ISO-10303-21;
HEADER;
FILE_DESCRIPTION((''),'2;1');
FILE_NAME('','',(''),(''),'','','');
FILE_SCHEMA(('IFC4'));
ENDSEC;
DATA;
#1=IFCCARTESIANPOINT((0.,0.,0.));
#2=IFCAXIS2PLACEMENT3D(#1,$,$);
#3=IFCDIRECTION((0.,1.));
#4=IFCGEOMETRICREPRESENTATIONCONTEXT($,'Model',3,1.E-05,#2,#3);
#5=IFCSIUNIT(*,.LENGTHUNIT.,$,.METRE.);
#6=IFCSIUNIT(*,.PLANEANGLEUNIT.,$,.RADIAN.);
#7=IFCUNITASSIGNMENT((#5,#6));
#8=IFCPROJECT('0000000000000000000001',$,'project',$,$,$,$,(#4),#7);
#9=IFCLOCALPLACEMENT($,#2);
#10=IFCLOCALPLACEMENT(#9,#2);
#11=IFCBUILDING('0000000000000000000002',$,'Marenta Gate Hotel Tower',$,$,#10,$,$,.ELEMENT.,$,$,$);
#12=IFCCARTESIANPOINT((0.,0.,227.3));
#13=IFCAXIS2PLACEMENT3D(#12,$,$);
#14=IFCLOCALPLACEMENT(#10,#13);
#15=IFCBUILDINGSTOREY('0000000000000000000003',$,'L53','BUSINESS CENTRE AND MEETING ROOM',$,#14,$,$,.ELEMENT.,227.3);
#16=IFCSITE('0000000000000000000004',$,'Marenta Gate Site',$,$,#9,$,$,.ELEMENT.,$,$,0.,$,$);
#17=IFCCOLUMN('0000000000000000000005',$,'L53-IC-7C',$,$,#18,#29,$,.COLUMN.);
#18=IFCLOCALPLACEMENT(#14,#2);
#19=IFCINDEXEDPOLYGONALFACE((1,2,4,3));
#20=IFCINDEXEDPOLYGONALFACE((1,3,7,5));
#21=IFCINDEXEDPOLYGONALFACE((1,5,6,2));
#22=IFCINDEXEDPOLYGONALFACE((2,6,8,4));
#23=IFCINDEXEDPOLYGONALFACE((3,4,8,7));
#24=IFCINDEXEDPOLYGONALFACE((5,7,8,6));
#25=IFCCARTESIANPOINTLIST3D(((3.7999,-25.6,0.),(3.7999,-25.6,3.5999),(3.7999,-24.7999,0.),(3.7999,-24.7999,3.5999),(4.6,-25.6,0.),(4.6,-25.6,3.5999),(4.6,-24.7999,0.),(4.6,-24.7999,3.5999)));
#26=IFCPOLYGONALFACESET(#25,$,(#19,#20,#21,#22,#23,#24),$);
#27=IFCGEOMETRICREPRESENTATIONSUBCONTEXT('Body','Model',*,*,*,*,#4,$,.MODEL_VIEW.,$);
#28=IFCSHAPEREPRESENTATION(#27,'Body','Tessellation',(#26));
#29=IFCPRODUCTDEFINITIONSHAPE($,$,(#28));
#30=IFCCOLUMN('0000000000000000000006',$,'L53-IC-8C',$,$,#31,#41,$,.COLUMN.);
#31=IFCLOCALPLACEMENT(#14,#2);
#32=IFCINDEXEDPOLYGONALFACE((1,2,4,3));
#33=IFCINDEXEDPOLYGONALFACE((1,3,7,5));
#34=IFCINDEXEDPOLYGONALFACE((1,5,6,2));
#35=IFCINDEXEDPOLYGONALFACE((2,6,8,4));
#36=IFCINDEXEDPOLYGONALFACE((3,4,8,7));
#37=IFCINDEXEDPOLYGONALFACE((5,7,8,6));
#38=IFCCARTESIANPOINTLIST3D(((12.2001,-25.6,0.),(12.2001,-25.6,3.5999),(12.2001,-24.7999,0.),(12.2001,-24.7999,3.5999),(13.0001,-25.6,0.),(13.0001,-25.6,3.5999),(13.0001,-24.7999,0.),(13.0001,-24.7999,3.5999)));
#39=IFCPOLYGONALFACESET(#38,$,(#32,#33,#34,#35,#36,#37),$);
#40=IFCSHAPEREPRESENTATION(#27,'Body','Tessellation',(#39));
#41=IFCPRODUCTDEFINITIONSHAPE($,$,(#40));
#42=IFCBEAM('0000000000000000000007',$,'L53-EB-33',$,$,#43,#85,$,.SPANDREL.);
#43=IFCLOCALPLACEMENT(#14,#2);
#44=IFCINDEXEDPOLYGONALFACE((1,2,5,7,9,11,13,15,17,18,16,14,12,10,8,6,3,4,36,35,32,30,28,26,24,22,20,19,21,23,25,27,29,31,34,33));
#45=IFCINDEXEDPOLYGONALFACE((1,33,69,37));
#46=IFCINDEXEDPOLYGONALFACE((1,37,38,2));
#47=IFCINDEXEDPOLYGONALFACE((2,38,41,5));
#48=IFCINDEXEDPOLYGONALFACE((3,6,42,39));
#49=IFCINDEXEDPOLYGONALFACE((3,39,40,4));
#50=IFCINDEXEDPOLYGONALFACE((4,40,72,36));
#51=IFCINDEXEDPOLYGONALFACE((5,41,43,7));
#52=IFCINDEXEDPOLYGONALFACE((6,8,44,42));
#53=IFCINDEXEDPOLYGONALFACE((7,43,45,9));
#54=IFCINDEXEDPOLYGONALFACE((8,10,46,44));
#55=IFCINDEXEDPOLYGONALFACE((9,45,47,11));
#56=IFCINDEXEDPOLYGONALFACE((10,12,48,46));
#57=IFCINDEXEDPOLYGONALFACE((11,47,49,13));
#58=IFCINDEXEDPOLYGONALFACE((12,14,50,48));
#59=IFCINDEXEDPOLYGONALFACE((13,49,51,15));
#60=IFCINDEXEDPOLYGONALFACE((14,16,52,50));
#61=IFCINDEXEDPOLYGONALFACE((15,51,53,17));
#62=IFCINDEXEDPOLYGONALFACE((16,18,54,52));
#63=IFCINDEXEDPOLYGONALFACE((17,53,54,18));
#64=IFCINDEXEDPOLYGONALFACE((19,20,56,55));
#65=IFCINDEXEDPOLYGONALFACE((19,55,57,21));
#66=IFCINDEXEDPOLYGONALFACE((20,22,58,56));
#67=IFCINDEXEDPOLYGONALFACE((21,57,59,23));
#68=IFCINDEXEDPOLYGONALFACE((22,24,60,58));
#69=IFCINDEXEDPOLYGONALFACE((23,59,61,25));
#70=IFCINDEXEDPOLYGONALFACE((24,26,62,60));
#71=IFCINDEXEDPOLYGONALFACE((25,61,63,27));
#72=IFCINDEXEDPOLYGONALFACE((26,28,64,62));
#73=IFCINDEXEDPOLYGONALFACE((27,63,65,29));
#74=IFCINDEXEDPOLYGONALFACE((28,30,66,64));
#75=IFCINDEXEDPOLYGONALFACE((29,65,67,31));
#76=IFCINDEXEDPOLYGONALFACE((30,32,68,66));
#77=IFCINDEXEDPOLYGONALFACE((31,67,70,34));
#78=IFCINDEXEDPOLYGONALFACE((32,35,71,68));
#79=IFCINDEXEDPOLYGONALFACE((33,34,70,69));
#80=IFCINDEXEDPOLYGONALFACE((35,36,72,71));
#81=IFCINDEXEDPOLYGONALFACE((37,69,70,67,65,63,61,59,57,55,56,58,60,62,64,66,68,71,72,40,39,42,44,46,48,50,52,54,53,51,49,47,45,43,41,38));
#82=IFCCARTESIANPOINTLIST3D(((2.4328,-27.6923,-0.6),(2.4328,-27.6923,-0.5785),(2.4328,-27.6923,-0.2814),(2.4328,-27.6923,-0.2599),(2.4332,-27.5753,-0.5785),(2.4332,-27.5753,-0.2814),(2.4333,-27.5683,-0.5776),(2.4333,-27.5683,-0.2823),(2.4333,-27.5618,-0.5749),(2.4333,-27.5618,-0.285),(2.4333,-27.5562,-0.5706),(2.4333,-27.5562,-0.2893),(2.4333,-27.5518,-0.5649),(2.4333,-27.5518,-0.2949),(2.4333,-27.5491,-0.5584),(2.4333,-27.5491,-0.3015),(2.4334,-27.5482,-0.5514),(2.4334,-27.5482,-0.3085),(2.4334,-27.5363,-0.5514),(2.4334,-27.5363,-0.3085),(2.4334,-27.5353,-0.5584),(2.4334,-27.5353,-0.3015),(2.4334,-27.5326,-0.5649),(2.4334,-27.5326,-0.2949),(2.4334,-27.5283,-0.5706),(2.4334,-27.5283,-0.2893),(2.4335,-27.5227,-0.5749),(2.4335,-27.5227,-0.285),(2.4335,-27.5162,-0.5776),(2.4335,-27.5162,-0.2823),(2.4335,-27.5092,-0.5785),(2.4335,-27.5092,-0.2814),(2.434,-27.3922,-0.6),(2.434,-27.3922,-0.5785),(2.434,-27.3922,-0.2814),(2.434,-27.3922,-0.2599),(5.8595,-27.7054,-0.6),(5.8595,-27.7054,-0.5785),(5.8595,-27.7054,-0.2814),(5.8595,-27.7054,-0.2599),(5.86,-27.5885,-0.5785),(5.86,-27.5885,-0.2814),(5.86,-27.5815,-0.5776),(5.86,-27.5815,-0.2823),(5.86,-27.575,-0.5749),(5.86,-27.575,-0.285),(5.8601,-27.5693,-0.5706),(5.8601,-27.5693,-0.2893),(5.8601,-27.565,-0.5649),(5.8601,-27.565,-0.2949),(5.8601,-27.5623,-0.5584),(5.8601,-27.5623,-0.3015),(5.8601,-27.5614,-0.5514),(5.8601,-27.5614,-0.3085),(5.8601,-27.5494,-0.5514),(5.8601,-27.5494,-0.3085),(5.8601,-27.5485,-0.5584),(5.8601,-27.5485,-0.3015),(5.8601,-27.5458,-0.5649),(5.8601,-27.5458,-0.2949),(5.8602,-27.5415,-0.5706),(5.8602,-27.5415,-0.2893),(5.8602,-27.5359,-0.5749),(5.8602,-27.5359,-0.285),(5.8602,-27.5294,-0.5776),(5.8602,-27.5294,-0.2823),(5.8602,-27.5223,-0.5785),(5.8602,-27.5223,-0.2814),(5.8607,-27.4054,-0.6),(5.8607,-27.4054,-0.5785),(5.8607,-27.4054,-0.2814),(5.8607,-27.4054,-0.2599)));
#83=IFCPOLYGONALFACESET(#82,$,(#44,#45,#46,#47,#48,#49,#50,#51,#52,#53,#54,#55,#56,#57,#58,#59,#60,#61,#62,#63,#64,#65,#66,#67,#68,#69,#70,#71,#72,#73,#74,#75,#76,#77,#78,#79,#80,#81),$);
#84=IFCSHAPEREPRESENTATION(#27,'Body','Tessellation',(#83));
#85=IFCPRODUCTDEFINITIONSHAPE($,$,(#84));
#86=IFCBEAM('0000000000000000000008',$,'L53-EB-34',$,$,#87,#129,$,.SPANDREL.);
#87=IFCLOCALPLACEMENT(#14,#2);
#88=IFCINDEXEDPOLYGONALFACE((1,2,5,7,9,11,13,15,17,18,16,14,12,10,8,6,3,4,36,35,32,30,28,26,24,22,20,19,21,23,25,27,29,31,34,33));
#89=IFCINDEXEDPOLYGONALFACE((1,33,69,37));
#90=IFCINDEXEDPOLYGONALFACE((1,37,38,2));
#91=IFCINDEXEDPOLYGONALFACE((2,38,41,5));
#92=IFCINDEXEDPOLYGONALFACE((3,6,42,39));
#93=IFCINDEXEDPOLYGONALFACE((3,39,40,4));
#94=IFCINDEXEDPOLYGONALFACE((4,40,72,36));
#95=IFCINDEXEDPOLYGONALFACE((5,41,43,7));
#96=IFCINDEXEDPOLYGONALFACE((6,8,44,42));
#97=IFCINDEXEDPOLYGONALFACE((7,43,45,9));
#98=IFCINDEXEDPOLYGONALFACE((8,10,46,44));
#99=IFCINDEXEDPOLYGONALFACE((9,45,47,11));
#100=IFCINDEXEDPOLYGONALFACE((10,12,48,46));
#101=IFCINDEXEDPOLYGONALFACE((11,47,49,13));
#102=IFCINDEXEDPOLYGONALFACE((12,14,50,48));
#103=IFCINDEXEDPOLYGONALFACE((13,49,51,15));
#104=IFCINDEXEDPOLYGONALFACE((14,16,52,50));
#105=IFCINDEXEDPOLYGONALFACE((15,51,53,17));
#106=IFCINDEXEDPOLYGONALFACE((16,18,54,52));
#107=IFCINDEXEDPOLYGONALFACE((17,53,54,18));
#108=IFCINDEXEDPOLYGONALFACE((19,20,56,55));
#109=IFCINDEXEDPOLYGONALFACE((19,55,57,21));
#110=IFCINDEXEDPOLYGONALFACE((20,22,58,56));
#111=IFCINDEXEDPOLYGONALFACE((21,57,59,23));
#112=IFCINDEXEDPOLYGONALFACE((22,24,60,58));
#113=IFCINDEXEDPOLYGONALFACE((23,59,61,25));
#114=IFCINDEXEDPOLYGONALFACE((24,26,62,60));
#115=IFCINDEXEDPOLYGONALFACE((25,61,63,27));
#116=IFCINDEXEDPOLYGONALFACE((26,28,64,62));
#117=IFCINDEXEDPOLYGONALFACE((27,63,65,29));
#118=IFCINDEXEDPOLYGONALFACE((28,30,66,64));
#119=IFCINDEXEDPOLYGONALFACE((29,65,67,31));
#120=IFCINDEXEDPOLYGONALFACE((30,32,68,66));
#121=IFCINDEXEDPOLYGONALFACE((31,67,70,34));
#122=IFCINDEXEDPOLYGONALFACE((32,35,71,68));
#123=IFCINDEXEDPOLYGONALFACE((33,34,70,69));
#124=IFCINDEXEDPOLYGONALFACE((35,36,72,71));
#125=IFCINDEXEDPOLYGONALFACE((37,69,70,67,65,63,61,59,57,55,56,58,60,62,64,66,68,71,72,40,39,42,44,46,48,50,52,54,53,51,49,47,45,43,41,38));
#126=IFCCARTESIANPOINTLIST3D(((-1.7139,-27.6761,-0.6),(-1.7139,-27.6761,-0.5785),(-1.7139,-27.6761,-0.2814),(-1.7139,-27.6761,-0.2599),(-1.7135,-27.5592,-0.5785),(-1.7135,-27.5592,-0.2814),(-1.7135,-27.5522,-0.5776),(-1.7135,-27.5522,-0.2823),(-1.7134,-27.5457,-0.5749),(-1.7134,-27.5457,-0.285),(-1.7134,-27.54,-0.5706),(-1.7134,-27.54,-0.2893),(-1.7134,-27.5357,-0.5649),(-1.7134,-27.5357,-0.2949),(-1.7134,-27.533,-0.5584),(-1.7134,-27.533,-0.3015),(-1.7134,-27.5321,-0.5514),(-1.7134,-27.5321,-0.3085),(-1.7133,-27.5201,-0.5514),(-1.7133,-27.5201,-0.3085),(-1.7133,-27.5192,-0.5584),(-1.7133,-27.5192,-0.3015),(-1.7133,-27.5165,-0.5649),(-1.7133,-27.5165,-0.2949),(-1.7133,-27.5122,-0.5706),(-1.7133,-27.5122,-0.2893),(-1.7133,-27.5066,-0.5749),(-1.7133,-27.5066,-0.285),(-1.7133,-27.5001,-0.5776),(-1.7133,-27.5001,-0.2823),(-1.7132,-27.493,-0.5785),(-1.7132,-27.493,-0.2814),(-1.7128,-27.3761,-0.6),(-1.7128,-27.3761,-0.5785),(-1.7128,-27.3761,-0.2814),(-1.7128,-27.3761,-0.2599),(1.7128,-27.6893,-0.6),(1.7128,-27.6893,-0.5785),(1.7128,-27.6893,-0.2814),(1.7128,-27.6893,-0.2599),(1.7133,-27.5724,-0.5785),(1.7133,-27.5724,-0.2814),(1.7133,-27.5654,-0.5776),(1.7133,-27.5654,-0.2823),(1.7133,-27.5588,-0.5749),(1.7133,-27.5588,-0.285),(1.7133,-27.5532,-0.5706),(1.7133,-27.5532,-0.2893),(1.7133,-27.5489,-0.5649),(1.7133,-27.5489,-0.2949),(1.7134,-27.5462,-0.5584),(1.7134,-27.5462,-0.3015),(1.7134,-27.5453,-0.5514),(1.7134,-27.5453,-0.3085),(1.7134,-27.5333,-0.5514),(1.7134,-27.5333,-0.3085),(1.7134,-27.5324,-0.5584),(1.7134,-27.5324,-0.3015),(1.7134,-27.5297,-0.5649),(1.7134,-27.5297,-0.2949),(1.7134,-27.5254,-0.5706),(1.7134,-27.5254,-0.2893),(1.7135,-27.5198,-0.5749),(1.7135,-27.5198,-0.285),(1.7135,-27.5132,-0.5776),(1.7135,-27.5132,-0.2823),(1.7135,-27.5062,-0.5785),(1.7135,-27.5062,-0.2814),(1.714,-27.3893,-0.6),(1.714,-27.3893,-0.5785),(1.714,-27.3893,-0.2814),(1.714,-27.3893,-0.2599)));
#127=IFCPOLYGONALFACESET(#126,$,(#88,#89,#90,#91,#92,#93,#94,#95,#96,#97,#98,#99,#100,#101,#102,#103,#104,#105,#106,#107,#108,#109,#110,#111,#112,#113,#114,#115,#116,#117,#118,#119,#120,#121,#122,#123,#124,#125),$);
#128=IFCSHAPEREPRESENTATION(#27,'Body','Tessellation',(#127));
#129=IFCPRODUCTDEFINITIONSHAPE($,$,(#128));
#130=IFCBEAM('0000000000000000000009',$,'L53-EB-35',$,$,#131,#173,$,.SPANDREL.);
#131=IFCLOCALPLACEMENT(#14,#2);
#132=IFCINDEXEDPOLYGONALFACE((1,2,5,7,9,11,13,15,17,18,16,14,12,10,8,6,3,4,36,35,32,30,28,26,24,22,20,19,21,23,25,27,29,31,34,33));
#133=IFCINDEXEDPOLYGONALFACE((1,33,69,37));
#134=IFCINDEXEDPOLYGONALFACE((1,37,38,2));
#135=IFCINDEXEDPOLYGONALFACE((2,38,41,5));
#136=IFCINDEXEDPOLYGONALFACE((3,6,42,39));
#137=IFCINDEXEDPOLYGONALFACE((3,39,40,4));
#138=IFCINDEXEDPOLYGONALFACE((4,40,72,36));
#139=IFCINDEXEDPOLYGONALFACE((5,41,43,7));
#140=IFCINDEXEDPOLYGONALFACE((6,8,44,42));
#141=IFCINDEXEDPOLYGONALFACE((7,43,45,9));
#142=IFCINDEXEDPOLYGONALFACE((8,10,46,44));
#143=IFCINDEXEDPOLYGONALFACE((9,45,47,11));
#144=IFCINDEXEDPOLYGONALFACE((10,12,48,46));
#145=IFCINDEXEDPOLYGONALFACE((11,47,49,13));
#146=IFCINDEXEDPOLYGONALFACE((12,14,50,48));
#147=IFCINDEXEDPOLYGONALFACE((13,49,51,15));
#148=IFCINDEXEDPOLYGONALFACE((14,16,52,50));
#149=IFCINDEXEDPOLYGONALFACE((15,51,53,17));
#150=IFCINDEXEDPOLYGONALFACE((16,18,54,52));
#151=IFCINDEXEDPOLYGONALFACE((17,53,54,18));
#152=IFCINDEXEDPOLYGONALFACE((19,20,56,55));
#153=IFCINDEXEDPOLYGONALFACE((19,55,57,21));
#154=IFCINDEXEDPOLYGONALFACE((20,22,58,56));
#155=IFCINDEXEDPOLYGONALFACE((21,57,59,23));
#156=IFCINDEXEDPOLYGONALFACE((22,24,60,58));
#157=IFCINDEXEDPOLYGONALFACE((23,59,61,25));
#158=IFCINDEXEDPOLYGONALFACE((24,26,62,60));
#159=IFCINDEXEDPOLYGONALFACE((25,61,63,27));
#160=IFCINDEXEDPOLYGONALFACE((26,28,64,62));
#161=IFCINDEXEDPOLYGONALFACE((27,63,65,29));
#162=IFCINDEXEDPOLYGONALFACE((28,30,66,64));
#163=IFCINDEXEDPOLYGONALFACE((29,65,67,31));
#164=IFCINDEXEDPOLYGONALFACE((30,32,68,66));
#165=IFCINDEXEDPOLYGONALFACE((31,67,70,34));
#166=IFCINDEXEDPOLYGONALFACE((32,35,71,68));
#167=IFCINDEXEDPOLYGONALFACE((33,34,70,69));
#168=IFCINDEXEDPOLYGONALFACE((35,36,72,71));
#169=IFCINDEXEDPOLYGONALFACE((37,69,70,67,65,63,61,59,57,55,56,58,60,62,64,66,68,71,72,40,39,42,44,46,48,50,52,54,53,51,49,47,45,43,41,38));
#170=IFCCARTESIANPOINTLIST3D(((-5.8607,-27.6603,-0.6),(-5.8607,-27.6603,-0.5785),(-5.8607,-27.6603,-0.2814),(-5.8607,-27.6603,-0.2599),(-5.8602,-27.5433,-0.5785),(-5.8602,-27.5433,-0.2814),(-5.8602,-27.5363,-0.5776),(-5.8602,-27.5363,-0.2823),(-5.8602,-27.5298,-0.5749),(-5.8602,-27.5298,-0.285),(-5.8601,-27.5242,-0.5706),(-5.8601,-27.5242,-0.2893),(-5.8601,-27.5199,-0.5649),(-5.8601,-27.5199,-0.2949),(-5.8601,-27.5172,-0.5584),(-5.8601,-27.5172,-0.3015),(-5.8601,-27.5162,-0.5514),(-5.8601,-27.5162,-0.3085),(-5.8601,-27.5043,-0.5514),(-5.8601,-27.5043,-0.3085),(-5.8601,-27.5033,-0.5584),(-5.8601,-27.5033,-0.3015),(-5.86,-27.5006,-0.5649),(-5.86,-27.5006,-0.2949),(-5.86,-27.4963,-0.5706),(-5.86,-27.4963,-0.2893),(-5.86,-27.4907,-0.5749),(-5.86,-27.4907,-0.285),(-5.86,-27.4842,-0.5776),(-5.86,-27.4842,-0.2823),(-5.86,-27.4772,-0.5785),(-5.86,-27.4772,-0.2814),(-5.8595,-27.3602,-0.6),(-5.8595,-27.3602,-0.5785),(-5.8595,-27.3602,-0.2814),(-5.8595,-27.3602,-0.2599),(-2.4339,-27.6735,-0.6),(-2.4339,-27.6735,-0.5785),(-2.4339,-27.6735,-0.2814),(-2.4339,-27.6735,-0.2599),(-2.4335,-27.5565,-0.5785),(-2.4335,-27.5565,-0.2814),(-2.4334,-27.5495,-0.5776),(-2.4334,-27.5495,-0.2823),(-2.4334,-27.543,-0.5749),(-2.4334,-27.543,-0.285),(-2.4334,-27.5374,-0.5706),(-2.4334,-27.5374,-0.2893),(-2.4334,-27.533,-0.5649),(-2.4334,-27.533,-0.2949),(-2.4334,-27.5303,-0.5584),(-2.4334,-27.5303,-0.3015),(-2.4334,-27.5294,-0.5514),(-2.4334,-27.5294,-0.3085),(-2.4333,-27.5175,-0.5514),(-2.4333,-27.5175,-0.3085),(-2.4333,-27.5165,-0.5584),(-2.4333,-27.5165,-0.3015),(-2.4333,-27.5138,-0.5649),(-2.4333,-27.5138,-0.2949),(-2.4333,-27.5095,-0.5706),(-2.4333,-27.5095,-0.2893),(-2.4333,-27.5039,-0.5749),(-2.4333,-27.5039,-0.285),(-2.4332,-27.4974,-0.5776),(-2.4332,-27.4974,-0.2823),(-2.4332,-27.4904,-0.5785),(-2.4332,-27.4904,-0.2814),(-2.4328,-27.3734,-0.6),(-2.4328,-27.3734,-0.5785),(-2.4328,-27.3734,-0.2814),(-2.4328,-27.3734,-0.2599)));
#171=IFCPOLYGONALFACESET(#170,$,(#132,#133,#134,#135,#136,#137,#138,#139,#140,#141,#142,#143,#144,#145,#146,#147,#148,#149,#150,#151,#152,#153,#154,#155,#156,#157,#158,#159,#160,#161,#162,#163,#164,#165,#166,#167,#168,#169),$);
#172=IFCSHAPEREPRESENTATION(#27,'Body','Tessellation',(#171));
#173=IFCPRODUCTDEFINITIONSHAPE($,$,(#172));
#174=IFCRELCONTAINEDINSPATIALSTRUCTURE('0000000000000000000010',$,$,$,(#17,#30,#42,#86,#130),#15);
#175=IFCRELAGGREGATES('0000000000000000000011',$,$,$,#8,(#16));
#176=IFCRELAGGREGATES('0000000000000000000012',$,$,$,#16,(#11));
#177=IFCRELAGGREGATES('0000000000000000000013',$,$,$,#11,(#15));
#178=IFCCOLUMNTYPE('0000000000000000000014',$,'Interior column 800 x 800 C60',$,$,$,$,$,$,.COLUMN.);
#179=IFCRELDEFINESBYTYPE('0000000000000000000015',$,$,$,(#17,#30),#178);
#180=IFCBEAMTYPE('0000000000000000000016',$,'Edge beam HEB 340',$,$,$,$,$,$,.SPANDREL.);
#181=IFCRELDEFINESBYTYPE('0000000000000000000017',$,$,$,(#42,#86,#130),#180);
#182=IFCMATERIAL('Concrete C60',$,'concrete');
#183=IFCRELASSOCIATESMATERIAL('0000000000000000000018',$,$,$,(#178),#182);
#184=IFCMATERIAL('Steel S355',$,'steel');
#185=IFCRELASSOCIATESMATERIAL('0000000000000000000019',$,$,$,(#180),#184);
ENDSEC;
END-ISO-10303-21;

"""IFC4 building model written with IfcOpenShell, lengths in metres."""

from ifc_helpers import new_model, si_unit, direction, frame, origin, origin_2d, place, context, subcontext, project, spatial, rectangle, i_section, extrude, material, material_profile, profile_set, type_object, element, save


model = new_model("IFC4")

# Units and contexts
model_context = context("Model", 3, precision=1e-05, world=origin(), true_north=direction((0.0, 1.0)))
body_context = subcontext(model_context, "Body", "Model", "MODEL_VIEW")
ifc_project = project(units=[si_unit("LENGTHUNIT", "METRE"), si_unit("PLANEANGLEUNIT", "RADIAN")], contexts=[model_context])

# Site, building, storey
site_placement = place(None, origin())
site = spatial("IfcSite", under=ifc_project, at=site_placement, Name="Marenta Gate Site", CompositionType="ELEMENT", RefElevation=0.0)
building_placement = place(site_placement, origin())
building = spatial("IfcBuilding", under=site, at=building_placement, Name="Marenta Gate Hotel Tower", CompositionType="ELEMENT")
storey_placement = place(building_placement, frame((0.0, 0.0, 227.3)))
storey = spatial("IfcBuildingStorey", under=building, at=storey_placement, Name="L53", Description="BUSINESS CENTRE AND MEETING ROOM", CompositionType="ELEMENT", Elevation=227.3)

# Columns
ifc_material_1 = material(Name="Concrete C60", Category="concrete")
ifc_material_profile_1 = material_profile(ifc_material_1, rectangle(XDim=0.8, YDim=0.8, at=origin_2d()), Name="800 x 800")
ifc_profile_set_1 = profile_set([ifc_material_profile_1], Name="Concrete C60")
column_type = type_object("IfcColumnType", Name="Interior column 800 x 800 C60", PredefinedType="COLUMN", material=ifc_profile_set_1)
for number, where, z_axis, x_axis, name in (
    (1, (4.2, -25.2, 0.0), (0.0, 0.0, 1.0), (1.0, 0.0, 0.0), "L53-IC-7C"),
    (2, (12.6001, -25.2, 0.0), (0.0, 0.0, 1.0), (1.0, 0.0, 0.0), "L53-IC-8C"),
):
    element("IfcColumn", number, at=place(storey_placement, frame(where, z_axis=z_axis, x_axis=x_axis)), inside=storey, type_object=column_type, Name=name, PredefinedType="COLUMN", context=body_context, shape_type="SweptSolid", body=[
        extrude(rectangle(XDim=0.8, YDim=0.8, at=origin_2d()), origin(), (0.0, 0.0, 1.0), 3.5999),
    ])

# Beams
ifc_material_2 = material(Name="Steel S355", Category="steel")
ifc_material_profile_2 = material_profile(ifc_material_2, i_section(OverallWidth=0.3, OverallDepth=0.3401, WebThickness=0.012, FlangeThickness=0.0215, FilletRadius=0.0271, at=origin_2d()), Name="HEB 340")
ifc_profile_set_2 = profile_set([ifc_material_profile_2], Name="Steel S355")
beam_type_1 = type_object("IfcBeamType", Name="Edge beam HEB 340", PredefinedType="SPANDREL", material=ifc_profile_set_2)
for number, where, z_axis, x_axis, name in (
    (3, (5.8601, -27.5554, -0.4299), (-0.999993, 0.003847, 0.0), (-0.003847, -0.999993, 0.0), "L53-EB-33"),
    (4, (1.7134, -27.5393, -0.4299), (-0.999993, 0.003847, 0.0), (-0.003847, -0.999993, 0.0), "L53-EB-34"),
    (5, (-2.4333, -27.5234, -0.4299), (-0.999993, 0.003847, 0.0), (-0.003847, -0.999993, 0.0), "L53-EB-35"),
):
    element("IfcBeam", number, at=place(storey_placement, frame(where, z_axis=z_axis, x_axis=x_axis)), inside=storey, type_object=beam_type_1, Name=name, PredefinedType="SPANDREL", context=body_context, shape_type="SweptSolid", body=[
        extrude(i_section(OverallWidth=0.3, OverallDepth=0.3401, WebThickness=0.012, FlangeThickness=0.0215, FilletRadius=0.0271, at=origin_2d()), origin(), (0.0, 0.0, 1.0), 3.4268),
    ])

save(model, "model.ifc")
